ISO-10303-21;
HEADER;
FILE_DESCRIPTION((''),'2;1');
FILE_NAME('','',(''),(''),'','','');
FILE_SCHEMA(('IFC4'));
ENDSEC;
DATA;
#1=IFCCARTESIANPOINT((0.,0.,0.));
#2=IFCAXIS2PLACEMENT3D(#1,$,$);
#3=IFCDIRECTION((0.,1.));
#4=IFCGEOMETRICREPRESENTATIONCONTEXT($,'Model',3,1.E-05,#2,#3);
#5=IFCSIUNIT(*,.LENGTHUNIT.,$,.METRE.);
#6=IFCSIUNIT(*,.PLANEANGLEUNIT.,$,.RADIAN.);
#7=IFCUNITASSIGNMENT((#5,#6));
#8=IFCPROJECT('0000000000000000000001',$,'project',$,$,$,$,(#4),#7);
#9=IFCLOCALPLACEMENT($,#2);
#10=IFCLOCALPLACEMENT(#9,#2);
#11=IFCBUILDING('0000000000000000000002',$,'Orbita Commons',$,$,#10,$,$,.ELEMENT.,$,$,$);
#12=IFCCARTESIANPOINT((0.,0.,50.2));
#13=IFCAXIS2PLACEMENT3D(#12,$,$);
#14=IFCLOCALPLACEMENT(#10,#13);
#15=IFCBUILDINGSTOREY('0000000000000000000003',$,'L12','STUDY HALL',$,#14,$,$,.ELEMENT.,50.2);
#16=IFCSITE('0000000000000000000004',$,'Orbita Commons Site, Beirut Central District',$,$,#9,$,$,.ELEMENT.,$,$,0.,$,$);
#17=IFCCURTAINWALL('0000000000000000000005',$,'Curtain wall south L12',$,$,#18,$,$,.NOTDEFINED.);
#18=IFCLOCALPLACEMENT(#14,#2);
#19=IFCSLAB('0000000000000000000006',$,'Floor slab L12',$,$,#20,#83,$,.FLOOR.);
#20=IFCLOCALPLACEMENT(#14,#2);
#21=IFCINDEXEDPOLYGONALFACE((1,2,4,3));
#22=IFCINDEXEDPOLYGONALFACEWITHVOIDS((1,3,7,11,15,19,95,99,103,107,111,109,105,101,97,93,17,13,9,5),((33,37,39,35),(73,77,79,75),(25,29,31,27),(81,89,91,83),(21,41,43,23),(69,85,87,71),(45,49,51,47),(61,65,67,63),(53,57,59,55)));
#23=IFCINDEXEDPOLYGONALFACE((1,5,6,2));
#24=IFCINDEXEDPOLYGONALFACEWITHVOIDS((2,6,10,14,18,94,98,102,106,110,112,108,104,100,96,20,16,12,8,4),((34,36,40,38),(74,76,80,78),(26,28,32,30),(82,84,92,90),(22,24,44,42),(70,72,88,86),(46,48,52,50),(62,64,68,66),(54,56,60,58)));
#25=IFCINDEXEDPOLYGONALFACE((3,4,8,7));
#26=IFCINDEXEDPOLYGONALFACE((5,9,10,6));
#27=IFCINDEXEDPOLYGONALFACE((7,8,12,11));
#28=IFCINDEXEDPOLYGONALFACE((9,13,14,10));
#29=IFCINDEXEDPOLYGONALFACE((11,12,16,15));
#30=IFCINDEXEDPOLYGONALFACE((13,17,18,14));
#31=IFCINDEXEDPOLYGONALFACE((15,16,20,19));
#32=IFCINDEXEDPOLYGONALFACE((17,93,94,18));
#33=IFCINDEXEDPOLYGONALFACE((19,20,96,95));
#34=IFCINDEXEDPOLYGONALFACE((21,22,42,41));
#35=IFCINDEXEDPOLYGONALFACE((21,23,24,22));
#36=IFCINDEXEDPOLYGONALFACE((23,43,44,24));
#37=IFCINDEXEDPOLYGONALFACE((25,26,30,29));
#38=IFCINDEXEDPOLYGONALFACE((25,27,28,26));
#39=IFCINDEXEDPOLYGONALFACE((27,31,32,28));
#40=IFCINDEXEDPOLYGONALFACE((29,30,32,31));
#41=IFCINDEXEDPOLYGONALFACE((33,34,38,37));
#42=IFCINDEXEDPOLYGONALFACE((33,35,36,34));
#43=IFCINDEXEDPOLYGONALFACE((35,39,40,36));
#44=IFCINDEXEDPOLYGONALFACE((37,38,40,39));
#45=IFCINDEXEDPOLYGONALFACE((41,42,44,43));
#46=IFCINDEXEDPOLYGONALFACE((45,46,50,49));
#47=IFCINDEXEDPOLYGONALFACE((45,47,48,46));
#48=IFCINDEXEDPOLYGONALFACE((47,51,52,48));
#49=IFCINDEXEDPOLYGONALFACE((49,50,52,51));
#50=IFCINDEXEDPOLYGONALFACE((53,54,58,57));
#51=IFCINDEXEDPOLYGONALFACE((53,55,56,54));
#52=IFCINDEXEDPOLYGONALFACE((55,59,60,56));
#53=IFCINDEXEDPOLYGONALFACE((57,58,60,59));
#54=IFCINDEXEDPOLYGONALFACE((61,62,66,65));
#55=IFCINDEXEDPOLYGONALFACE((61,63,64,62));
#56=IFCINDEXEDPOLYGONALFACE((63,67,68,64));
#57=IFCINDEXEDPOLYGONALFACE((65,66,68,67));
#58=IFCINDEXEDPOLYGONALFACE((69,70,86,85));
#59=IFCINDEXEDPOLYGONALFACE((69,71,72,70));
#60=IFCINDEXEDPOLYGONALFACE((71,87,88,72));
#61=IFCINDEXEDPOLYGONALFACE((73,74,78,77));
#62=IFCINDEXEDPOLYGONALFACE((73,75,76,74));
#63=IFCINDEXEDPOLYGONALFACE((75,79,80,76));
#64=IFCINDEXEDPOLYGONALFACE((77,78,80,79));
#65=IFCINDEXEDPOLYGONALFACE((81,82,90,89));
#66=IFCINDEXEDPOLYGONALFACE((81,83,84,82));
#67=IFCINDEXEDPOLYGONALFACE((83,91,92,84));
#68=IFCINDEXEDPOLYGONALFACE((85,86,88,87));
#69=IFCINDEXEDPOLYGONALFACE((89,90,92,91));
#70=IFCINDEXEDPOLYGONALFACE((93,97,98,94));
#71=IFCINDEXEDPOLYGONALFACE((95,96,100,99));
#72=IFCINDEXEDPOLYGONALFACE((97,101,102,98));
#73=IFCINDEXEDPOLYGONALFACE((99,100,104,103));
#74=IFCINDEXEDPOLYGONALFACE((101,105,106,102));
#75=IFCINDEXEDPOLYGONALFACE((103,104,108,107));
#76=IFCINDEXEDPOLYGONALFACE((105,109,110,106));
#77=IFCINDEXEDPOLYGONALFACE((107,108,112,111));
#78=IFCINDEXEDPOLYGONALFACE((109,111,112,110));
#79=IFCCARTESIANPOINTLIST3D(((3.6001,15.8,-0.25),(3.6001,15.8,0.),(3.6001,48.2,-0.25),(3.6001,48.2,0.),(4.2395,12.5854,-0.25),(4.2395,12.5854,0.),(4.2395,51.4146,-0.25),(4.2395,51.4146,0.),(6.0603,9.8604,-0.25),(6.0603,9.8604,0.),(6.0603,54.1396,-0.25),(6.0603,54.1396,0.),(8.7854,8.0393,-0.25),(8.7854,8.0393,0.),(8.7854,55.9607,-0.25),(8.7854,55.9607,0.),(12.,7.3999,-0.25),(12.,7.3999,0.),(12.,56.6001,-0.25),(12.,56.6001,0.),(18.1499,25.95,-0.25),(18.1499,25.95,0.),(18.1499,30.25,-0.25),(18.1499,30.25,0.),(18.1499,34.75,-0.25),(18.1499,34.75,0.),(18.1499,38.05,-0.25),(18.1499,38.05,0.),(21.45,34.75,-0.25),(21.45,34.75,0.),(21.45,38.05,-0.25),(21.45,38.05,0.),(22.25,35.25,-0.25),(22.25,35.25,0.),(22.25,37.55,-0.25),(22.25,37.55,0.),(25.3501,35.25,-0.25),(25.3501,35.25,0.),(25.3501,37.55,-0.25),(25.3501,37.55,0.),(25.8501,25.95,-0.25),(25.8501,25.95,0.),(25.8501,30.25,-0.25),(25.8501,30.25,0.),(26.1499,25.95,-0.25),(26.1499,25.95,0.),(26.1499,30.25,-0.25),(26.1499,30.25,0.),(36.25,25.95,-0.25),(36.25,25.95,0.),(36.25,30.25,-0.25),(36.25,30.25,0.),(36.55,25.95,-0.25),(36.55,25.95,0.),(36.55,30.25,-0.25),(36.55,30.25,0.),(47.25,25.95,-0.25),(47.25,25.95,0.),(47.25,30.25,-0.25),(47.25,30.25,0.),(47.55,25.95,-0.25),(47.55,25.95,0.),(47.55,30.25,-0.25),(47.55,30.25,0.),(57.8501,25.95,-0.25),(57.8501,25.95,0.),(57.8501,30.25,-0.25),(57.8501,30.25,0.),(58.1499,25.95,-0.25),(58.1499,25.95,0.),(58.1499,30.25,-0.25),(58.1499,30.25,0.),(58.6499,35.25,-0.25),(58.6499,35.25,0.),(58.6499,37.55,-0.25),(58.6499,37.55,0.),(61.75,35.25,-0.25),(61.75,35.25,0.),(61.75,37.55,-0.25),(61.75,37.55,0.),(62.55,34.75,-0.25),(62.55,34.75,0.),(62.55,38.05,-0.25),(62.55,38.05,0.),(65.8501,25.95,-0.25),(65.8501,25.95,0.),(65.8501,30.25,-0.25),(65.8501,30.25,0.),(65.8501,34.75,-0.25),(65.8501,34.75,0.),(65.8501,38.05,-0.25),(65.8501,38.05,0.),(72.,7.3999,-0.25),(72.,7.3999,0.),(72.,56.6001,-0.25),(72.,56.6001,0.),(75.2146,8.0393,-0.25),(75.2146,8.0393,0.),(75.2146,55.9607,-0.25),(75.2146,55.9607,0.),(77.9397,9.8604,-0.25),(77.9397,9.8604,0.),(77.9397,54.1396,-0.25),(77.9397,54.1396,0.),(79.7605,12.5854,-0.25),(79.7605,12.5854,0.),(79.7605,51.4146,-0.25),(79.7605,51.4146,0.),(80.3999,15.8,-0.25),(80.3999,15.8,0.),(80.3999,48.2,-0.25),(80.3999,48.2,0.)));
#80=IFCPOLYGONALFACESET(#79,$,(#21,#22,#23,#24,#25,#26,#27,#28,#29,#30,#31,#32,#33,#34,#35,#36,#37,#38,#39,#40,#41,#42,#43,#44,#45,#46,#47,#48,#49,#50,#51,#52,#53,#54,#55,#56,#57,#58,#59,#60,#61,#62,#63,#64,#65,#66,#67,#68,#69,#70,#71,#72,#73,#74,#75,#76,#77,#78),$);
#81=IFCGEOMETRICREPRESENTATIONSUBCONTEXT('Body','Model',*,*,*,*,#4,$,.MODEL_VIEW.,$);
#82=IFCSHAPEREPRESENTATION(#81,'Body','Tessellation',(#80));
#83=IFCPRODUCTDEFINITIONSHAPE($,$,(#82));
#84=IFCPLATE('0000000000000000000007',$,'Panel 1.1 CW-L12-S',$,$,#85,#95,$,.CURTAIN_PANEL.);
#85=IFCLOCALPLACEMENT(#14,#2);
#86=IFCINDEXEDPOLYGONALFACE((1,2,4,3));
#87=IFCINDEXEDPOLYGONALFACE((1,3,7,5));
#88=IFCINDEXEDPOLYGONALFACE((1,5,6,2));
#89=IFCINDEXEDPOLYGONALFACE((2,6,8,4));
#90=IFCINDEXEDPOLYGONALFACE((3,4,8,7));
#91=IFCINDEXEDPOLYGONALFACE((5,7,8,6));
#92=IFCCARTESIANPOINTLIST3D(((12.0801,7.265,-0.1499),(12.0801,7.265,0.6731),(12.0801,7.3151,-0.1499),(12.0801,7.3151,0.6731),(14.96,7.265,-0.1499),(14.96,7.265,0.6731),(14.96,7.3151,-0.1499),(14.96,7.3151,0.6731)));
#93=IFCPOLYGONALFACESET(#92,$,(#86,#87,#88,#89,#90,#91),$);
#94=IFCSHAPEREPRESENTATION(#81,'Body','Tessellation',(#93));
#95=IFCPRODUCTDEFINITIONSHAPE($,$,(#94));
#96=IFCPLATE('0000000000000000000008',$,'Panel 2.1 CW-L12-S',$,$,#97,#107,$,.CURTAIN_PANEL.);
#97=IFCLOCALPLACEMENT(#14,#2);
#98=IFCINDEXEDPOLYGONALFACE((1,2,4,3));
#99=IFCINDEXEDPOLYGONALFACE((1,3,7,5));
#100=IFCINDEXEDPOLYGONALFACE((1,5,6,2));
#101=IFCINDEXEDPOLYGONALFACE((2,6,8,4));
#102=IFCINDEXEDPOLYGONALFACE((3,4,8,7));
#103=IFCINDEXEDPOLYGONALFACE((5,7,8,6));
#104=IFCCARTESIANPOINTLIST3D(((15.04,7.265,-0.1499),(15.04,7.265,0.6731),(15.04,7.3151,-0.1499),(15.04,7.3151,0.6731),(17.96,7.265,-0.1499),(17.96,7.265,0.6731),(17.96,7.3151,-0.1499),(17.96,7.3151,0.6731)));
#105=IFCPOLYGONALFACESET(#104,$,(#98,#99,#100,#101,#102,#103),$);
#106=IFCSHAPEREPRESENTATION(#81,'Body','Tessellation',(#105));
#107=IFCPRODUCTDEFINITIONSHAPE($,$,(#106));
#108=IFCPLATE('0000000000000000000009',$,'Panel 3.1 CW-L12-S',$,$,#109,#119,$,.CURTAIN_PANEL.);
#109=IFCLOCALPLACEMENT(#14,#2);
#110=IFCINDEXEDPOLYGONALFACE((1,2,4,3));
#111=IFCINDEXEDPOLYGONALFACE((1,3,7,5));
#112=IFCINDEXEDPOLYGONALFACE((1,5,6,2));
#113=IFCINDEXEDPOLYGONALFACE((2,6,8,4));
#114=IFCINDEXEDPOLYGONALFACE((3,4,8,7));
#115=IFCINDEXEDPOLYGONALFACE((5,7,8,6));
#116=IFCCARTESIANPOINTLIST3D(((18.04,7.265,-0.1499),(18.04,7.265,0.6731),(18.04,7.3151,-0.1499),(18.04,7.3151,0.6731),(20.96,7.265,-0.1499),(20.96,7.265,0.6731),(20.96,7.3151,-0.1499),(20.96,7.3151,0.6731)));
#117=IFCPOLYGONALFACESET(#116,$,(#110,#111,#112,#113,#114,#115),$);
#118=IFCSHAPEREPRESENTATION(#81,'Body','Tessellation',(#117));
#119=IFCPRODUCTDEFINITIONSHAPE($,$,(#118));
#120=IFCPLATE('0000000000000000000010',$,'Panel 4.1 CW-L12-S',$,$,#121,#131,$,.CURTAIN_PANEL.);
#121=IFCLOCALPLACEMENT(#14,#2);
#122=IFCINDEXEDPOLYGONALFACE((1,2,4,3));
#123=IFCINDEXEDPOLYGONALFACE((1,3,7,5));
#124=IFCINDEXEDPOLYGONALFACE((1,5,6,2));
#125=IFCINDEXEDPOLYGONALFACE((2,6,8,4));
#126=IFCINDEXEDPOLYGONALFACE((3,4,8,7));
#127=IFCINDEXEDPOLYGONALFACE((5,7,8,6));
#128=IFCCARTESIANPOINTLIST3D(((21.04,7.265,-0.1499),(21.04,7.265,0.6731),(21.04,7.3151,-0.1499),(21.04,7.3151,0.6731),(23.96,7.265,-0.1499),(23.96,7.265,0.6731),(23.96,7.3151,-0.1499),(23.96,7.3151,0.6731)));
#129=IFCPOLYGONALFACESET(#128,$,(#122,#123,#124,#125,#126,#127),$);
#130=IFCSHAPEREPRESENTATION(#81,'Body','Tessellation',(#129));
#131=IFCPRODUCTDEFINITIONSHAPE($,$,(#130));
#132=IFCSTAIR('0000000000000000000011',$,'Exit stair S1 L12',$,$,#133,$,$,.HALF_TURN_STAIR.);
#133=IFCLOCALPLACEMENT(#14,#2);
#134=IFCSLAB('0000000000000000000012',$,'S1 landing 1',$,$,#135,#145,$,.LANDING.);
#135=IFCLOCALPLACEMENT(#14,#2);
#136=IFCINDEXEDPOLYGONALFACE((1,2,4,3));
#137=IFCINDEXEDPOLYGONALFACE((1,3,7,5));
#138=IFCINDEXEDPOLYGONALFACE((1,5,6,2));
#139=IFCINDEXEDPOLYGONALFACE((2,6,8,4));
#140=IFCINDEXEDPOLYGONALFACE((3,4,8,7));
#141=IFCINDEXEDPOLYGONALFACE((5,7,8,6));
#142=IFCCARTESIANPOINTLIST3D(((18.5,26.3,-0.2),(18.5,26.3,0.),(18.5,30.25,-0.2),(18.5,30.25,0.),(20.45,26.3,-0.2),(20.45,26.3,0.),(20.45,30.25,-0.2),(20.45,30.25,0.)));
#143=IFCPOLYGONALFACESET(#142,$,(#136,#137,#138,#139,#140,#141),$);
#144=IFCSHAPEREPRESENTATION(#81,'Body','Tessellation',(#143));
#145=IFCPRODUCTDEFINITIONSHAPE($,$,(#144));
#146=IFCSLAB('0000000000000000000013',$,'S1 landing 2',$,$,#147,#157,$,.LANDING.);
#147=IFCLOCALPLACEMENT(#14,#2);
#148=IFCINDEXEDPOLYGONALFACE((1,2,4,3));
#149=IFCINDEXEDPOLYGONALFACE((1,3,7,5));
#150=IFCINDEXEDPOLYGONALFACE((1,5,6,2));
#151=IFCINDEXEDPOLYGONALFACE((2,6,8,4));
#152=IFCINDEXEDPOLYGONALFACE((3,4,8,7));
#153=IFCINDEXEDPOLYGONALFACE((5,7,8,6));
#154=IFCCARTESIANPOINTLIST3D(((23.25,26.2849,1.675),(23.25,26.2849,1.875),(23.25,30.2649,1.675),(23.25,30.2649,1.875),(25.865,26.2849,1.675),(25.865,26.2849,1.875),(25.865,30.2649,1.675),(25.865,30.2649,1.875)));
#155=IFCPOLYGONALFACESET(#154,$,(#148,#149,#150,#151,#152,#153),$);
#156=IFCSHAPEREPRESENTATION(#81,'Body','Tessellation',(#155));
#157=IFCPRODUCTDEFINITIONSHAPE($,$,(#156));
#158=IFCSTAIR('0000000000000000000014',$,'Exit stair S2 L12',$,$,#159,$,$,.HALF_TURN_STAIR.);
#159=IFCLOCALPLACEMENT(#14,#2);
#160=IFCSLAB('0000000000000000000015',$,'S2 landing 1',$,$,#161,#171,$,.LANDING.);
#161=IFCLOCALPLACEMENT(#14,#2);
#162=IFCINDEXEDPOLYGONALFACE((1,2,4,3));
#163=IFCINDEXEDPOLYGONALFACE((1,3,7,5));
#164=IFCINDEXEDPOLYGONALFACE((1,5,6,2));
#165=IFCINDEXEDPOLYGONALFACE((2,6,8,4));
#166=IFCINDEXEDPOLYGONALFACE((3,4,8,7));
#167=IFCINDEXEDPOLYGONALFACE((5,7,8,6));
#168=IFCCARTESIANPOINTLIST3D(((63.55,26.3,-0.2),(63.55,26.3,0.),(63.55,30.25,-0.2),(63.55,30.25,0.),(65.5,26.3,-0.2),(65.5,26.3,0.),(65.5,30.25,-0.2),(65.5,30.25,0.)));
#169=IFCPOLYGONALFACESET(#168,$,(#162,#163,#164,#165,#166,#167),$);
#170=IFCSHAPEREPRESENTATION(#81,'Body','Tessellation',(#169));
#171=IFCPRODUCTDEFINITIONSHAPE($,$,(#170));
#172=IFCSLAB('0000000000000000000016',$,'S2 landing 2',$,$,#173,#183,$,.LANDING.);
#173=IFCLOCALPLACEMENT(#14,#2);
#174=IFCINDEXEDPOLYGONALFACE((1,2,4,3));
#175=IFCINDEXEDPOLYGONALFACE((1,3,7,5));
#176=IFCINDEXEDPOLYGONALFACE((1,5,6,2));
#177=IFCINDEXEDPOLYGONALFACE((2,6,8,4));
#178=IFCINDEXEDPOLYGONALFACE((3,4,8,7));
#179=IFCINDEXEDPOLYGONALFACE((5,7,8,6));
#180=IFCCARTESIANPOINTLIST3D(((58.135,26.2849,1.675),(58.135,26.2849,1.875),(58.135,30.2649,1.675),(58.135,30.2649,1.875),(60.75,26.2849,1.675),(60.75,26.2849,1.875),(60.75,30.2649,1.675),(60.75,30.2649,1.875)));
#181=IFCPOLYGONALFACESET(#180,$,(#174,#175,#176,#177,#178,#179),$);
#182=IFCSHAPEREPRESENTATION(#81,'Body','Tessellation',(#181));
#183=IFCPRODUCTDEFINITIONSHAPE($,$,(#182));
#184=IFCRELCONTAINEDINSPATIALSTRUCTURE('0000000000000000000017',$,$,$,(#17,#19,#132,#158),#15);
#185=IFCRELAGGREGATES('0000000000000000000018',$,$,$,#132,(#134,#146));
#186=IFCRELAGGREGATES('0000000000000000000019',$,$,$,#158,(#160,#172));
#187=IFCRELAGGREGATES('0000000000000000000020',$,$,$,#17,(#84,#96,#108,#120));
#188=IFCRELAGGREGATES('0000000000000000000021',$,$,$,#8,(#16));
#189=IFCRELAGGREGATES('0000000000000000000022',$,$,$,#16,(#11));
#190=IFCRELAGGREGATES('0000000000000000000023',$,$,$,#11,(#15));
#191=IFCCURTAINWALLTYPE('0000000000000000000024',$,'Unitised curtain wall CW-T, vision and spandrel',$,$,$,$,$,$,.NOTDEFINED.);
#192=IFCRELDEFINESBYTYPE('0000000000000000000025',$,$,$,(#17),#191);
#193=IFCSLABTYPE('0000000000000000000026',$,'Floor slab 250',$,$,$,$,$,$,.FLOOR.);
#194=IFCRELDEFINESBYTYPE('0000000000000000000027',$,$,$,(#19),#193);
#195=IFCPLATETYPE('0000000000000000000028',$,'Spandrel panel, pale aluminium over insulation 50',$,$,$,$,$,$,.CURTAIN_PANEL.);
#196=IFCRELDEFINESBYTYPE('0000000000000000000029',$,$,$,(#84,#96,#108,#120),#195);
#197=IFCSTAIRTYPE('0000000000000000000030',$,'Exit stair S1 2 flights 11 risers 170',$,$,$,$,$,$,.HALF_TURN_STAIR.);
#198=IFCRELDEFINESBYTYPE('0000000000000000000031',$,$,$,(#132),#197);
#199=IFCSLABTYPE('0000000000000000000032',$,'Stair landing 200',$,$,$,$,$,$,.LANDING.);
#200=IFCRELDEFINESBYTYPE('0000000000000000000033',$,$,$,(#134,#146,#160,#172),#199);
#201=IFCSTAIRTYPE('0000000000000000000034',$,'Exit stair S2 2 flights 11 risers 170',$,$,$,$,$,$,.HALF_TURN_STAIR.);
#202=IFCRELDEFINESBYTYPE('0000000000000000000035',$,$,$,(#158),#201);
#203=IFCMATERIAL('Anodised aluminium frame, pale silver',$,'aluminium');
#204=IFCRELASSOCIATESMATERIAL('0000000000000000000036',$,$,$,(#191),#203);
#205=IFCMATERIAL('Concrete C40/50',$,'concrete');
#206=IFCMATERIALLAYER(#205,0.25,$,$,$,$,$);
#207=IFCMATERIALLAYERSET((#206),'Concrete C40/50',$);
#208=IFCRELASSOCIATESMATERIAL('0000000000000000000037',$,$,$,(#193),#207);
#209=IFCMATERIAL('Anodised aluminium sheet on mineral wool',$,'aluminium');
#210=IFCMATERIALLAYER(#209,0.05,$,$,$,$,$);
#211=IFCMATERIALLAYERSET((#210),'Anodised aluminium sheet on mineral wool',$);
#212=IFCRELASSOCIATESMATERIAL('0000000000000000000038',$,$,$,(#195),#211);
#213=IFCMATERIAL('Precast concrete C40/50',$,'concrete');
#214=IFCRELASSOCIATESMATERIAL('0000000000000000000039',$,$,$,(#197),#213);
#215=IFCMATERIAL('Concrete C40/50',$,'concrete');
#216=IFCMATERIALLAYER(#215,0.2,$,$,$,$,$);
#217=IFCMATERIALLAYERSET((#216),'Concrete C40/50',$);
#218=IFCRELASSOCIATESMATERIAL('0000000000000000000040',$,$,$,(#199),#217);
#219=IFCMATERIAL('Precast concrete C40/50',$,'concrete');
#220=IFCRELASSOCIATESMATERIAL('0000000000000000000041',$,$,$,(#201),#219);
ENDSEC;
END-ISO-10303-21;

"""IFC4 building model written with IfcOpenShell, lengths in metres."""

from ifc_helpers import new_model, si_unit, direction, frame, origin, origin_2d, place, context, subcontext, project, spatial, polyline, rectangle, outline, extrude, material, layer, layer_set, type_object, element, aggregate, save


model = new_model("IFC4")

# Units and contexts
model_context = context("Model", 3, precision=1e-05, world=origin(), true_north=direction((0.0, 1.0)))
body_context = subcontext(model_context, "Body", "Model", "MODEL_VIEW")
ifc_project = project(units=[si_unit("LENGTHUNIT", "METRE"), si_unit("PLANEANGLEUNIT", "RADIAN")], contexts=[model_context])

# Site, building, storey
site_placement = place(None, origin())
site = spatial("IfcSite", under=ifc_project, at=site_placement, Name="Orbita Commons Site, Beirut Central District", CompositionType="ELEMENT", RefElevation=0.0)
building_placement = place(site_placement, origin())
building = spatial("IfcBuilding", under=site, at=building_placement, Name="Orbita Commons", CompositionType="ELEMENT")
storey_placement = place(building_placement, frame((0.0, 0.0, 50.2)))
storey = spatial("IfcBuildingStorey", under=building, at=storey_placement, Name="L12", Description="STUDY HALL", CompositionType="ELEMENT", Elevation=50.2)

# Curtain wall
ifc_material_1 = material(Name="Anodised aluminium frame, pale silver", Category="aluminium")
curtain_wall_type = type_object("IfcCurtainWallType", Name="Unitised curtain wall CW-T, vision and spandrel", PredefinedType="NOTDEFINED", material=ifc_material_1)
curtain_wall_placement = place(storey_placement, origin())
curtain_wall = element("IfcCurtainWall", 1, at=curtain_wall_placement, inside=storey, type_object=curtain_wall_type, Name="Curtain wall south L12", PredefinedType="NOTDEFINED")

# Slab
ifc_material_2 = material(Name="Concrete C40/50", Category="concrete")
ifc_layer_1 = layer(ifc_material_2, 0.25)
ifc_layer_set_1 = layer_set([ifc_layer_1], Name="Concrete C40/50")
slab_type_1 = type_object("IfcSlabType", Name="Floor slab 250", PredefinedType="FLOOR", material=ifc_layer_set_1)
slab_1_placement = place(storey_placement, frame((0.0, 0.0, -0.25)))
element("IfcSlab", 2, at=slab_1_placement, inside=storey, type_object=slab_type_1, Name="Floor slab L12", PredefinedType="FLOOR", context=body_context, shape_type="SweptSolid", body=[
    extrude(outline(polyline([(72.0, 7.3999), (75.2146, 8.0393), (77.9397, 9.8604), (79.7605, 12.5854), (80.3999, 15.8), (80.3999, 48.2), (79.7605, 51.4146), (77.9397, 54.1396), (75.2146, 55.9607), (72.0, 56.6001), (12.0, 56.6001), (8.7854, 55.9607), (6.0603, 54.1396), (4.2395, 51.4146), (3.6001, 48.2), (3.6001, 15.8), (4.2395, 12.5854), (6.0603, 9.8604), (8.7854, 8.0393), (12.0, 7.3999), (72.0, 7.3999)]), holes=[polyline([(18.1499, 25.95), (25.8501, 25.95), (25.8501, 30.25), (18.1499, 30.25), (18.1499, 25.95)]), polyline([(58.1499, 25.95), (65.8501, 25.95), (65.8501, 30.25), (58.1499, 30.25), (58.1499, 25.95)]), polyline([(18.1499, 34.75), (21.45, 34.75), (21.45, 38.05), (18.1499, 38.05), (18.1499, 34.75)]), polyline([(62.55, 34.75), (65.8501, 34.75), (65.8501, 38.05), (62.55, 38.05), (62.55, 34.75)]), polyline([(22.25, 35.25), (25.3501, 35.25), (25.3501, 37.55), (22.25, 37.55), (22.25, 35.25)]), polyline([(58.6499, 35.25), (61.75, 35.25), (61.75, 37.55), (58.6499, 37.55), (58.6499, 35.25)]), polyline([(26.1499, 25.95), (36.25, 25.95), (36.25, 30.25), (26.1499, 30.25), (26.1499, 25.95)]), polyline([(36.55, 25.95), (47.25, 25.95), (47.25, 30.25), (36.55, 30.25), (36.55, 25.95)]), polyline([(47.55, 25.95), (57.8501, 25.95), (57.8501, 30.25), (47.55, 30.25), (47.55, 25.95)])]), origin(), (0.0, 0.0, 1.0), 0.25),
])

# Plates
ifc_material_3 = material(Name="Anodised aluminium sheet on mineral wool", Category="aluminium")
ifc_layer_2 = layer(ifc_material_3, 0.05)
ifc_layer_set_2 = layer_set([ifc_layer_2], Name="Anodised aluminium sheet on mineral wool")
plate_type_1 = type_object("IfcPlateType", Name="Spandrel panel, pale aluminium over insulation 50", PredefinedType="CURTAIN_PANEL", material=ifc_layer_set_2)
plate_1_placement = place(storey_placement, frame((13.52, 7.29, -0.1499), z_axis=(0.0, 0.0, 1.0), x_axis=(1.0, 0.0, 0.0)))
plate_1 = element("IfcPlate", 3, at=plate_1_placement, type_object=plate_type_1, Name="Panel 1.1 CW-L12-S", PredefinedType="CURTAIN_PANEL", context=body_context, shape_type="SweptSolid", body=[
    extrude(rectangle(XDim=2.8799, YDim=0.05, at=origin_2d()), origin(), (0.0, 0.0, 1.0), 0.823),
])
plate_2_placement = place(storey_placement, frame((16.5, 7.29, -0.1499), z_axis=(0.0, 0.0, 1.0), x_axis=(1.0, 0.0, 0.0)))
plate_2 = element("IfcPlate", 4, at=plate_2_placement, type_object=plate_type_1, Name="Panel 2.1 CW-L12-S", PredefinedType="CURTAIN_PANEL", context=body_context, shape_type="SweptSolid", body=[
    extrude(rectangle(XDim=2.9199, YDim=0.05, at=origin_2d()), origin(), (0.0, 0.0, 1.0), 0.823),
])
plate_3_placement = place(storey_placement, frame((19.5, 7.29, -0.1499), z_axis=(0.0, 0.0, 1.0), x_axis=(1.0, 0.0, 0.0)))
plate_3 = element("IfcPlate", 5, at=plate_3_placement, type_object=plate_type_1, Name="Panel 3.1 CW-L12-S", PredefinedType="CURTAIN_PANEL", context=body_context, shape_type="SweptSolid", body=[
    extrude(rectangle(XDim=2.9199, YDim=0.05, at=origin_2d()), origin(), (0.0, 0.0, 1.0), 0.823),
])
plate_4_placement = place(storey_placement, frame((22.5, 7.29, -0.1499), z_axis=(0.0, 0.0, 1.0), x_axis=(1.0, 0.0, 0.0)))
plate_4 = element("IfcPlate", 6, at=plate_4_placement, type_object=plate_type_1, Name="Panel 4.1 CW-L12-S", PredefinedType="CURTAIN_PANEL", context=body_context, shape_type="SweptSolid", body=[
    extrude(rectangle(XDim=2.9199, YDim=0.05, at=origin_2d()), origin(), (0.0, 0.0, 1.0), 0.823),
])

# Stairs, slabs
ifc_material_4 = material(Name="Precast concrete C40/50", Category="concrete")
stair_type_1 = type_object("IfcStairType", Name="Exit stair S1 2 flights 11 risers 170", PredefinedType="HALF_TURN_STAIR", material=ifc_material_4)
stair_1_placement = place(storey_placement, origin())
stair_1 = element("IfcStair", 7, at=stair_1_placement, inside=storey, type_object=stair_type_1, Name="Exit stair S1 L12", PredefinedType="HALF_TURN_STAIR")
ifc_material_5 = material(Name="Concrete C40/50", Category="concrete")
ifc_layer_3 = layer(ifc_material_5, 0.2)
ifc_layer_set_3 = layer_set([ifc_layer_3], Name="Concrete C40/50")
slab_type_2 = type_object("IfcSlabType", Name="Stair landing 200", PredefinedType="LANDING", material=ifc_layer_set_3)
slab_2_placement = place(storey_placement, frame((0.0, 0.0, -0.2)))
slab_2 = element("IfcSlab", 8, at=slab_2_placement, type_object=slab_type_2, Name="S1 landing 1", PredefinedType="LANDING", context=body_context, shape_type="SweptSolid", body=[
    extrude(outline(polyline([(18.5, 26.3), (20.45, 26.3), (20.45, 30.25), (18.5, 30.25), (18.5, 26.3)])), origin(), (0.0, 0.0, 1.0), 0.2),
])
slab_3_placement = place(storey_placement, frame((0.0, 0.0, 1.675)))
slab_3 = element("IfcSlab", 9, at=slab_3_placement, type_object=slab_type_2, Name="S1 landing 2", PredefinedType="LANDING", context=body_context, shape_type="SweptSolid", body=[
    extrude(outline(polyline([(23.25, 26.2849), (25.865, 26.2849), (25.865, 30.2649), (23.25, 30.2649), (23.25, 26.2849)])), origin(), (0.0, 0.0, 1.0), 0.2),
])
aggregate(stair_1, [slab_2, slab_3])
ifc_material_6 = material(Name="Precast concrete C40/50", Category="concrete")
stair_type_2 = type_object("IfcStairType", Name="Exit stair S2 2 flights 11 risers 170", PredefinedType="HALF_TURN_STAIR", material=ifc_material_6)
stair_2_placement = place(storey_placement, origin())
stair_2 = element("IfcStair", 10, at=stair_2_placement, inside=storey, type_object=stair_type_2, Name="Exit stair S2 L12", PredefinedType="HALF_TURN_STAIR")
slab_4_placement = place(storey_placement, frame((0.0, 0.0, -0.2)))
slab_4 = element("IfcSlab", 11, at=slab_4_placement, type_object=slab_type_2, Name="S2 landing 1", PredefinedType="LANDING", context=body_context, shape_type="SweptSolid", body=[
    extrude(outline(polyline([(63.55, 26.3), (65.5, 26.3), (65.5, 30.25), (63.55, 30.25), (63.55, 26.3)])), origin(), (0.0, 0.0, 1.0), 0.2),
])
slab_5_placement = place(storey_placement, frame((0.0, 0.0, 1.675)))
slab_5 = element("IfcSlab", 12, at=slab_5_placement, type_object=slab_type_2, Name="S2 landing 2", PredefinedType="LANDING", context=body_context, shape_type="SweptSolid", body=[
    extrude(outline(polyline([(58.135, 26.2849), (60.75, 26.2849), (60.75, 30.2649), (58.135, 30.2649), (58.135, 26.2849)])), origin(), (0.0, 0.0, 1.0), 0.2),
])
aggregate(stair_2, [slab_4, slab_5])

aggregate(curtain_wall, [plate_1, plate_2, plate_3, plate_4])

save(model, "model.ifc")
